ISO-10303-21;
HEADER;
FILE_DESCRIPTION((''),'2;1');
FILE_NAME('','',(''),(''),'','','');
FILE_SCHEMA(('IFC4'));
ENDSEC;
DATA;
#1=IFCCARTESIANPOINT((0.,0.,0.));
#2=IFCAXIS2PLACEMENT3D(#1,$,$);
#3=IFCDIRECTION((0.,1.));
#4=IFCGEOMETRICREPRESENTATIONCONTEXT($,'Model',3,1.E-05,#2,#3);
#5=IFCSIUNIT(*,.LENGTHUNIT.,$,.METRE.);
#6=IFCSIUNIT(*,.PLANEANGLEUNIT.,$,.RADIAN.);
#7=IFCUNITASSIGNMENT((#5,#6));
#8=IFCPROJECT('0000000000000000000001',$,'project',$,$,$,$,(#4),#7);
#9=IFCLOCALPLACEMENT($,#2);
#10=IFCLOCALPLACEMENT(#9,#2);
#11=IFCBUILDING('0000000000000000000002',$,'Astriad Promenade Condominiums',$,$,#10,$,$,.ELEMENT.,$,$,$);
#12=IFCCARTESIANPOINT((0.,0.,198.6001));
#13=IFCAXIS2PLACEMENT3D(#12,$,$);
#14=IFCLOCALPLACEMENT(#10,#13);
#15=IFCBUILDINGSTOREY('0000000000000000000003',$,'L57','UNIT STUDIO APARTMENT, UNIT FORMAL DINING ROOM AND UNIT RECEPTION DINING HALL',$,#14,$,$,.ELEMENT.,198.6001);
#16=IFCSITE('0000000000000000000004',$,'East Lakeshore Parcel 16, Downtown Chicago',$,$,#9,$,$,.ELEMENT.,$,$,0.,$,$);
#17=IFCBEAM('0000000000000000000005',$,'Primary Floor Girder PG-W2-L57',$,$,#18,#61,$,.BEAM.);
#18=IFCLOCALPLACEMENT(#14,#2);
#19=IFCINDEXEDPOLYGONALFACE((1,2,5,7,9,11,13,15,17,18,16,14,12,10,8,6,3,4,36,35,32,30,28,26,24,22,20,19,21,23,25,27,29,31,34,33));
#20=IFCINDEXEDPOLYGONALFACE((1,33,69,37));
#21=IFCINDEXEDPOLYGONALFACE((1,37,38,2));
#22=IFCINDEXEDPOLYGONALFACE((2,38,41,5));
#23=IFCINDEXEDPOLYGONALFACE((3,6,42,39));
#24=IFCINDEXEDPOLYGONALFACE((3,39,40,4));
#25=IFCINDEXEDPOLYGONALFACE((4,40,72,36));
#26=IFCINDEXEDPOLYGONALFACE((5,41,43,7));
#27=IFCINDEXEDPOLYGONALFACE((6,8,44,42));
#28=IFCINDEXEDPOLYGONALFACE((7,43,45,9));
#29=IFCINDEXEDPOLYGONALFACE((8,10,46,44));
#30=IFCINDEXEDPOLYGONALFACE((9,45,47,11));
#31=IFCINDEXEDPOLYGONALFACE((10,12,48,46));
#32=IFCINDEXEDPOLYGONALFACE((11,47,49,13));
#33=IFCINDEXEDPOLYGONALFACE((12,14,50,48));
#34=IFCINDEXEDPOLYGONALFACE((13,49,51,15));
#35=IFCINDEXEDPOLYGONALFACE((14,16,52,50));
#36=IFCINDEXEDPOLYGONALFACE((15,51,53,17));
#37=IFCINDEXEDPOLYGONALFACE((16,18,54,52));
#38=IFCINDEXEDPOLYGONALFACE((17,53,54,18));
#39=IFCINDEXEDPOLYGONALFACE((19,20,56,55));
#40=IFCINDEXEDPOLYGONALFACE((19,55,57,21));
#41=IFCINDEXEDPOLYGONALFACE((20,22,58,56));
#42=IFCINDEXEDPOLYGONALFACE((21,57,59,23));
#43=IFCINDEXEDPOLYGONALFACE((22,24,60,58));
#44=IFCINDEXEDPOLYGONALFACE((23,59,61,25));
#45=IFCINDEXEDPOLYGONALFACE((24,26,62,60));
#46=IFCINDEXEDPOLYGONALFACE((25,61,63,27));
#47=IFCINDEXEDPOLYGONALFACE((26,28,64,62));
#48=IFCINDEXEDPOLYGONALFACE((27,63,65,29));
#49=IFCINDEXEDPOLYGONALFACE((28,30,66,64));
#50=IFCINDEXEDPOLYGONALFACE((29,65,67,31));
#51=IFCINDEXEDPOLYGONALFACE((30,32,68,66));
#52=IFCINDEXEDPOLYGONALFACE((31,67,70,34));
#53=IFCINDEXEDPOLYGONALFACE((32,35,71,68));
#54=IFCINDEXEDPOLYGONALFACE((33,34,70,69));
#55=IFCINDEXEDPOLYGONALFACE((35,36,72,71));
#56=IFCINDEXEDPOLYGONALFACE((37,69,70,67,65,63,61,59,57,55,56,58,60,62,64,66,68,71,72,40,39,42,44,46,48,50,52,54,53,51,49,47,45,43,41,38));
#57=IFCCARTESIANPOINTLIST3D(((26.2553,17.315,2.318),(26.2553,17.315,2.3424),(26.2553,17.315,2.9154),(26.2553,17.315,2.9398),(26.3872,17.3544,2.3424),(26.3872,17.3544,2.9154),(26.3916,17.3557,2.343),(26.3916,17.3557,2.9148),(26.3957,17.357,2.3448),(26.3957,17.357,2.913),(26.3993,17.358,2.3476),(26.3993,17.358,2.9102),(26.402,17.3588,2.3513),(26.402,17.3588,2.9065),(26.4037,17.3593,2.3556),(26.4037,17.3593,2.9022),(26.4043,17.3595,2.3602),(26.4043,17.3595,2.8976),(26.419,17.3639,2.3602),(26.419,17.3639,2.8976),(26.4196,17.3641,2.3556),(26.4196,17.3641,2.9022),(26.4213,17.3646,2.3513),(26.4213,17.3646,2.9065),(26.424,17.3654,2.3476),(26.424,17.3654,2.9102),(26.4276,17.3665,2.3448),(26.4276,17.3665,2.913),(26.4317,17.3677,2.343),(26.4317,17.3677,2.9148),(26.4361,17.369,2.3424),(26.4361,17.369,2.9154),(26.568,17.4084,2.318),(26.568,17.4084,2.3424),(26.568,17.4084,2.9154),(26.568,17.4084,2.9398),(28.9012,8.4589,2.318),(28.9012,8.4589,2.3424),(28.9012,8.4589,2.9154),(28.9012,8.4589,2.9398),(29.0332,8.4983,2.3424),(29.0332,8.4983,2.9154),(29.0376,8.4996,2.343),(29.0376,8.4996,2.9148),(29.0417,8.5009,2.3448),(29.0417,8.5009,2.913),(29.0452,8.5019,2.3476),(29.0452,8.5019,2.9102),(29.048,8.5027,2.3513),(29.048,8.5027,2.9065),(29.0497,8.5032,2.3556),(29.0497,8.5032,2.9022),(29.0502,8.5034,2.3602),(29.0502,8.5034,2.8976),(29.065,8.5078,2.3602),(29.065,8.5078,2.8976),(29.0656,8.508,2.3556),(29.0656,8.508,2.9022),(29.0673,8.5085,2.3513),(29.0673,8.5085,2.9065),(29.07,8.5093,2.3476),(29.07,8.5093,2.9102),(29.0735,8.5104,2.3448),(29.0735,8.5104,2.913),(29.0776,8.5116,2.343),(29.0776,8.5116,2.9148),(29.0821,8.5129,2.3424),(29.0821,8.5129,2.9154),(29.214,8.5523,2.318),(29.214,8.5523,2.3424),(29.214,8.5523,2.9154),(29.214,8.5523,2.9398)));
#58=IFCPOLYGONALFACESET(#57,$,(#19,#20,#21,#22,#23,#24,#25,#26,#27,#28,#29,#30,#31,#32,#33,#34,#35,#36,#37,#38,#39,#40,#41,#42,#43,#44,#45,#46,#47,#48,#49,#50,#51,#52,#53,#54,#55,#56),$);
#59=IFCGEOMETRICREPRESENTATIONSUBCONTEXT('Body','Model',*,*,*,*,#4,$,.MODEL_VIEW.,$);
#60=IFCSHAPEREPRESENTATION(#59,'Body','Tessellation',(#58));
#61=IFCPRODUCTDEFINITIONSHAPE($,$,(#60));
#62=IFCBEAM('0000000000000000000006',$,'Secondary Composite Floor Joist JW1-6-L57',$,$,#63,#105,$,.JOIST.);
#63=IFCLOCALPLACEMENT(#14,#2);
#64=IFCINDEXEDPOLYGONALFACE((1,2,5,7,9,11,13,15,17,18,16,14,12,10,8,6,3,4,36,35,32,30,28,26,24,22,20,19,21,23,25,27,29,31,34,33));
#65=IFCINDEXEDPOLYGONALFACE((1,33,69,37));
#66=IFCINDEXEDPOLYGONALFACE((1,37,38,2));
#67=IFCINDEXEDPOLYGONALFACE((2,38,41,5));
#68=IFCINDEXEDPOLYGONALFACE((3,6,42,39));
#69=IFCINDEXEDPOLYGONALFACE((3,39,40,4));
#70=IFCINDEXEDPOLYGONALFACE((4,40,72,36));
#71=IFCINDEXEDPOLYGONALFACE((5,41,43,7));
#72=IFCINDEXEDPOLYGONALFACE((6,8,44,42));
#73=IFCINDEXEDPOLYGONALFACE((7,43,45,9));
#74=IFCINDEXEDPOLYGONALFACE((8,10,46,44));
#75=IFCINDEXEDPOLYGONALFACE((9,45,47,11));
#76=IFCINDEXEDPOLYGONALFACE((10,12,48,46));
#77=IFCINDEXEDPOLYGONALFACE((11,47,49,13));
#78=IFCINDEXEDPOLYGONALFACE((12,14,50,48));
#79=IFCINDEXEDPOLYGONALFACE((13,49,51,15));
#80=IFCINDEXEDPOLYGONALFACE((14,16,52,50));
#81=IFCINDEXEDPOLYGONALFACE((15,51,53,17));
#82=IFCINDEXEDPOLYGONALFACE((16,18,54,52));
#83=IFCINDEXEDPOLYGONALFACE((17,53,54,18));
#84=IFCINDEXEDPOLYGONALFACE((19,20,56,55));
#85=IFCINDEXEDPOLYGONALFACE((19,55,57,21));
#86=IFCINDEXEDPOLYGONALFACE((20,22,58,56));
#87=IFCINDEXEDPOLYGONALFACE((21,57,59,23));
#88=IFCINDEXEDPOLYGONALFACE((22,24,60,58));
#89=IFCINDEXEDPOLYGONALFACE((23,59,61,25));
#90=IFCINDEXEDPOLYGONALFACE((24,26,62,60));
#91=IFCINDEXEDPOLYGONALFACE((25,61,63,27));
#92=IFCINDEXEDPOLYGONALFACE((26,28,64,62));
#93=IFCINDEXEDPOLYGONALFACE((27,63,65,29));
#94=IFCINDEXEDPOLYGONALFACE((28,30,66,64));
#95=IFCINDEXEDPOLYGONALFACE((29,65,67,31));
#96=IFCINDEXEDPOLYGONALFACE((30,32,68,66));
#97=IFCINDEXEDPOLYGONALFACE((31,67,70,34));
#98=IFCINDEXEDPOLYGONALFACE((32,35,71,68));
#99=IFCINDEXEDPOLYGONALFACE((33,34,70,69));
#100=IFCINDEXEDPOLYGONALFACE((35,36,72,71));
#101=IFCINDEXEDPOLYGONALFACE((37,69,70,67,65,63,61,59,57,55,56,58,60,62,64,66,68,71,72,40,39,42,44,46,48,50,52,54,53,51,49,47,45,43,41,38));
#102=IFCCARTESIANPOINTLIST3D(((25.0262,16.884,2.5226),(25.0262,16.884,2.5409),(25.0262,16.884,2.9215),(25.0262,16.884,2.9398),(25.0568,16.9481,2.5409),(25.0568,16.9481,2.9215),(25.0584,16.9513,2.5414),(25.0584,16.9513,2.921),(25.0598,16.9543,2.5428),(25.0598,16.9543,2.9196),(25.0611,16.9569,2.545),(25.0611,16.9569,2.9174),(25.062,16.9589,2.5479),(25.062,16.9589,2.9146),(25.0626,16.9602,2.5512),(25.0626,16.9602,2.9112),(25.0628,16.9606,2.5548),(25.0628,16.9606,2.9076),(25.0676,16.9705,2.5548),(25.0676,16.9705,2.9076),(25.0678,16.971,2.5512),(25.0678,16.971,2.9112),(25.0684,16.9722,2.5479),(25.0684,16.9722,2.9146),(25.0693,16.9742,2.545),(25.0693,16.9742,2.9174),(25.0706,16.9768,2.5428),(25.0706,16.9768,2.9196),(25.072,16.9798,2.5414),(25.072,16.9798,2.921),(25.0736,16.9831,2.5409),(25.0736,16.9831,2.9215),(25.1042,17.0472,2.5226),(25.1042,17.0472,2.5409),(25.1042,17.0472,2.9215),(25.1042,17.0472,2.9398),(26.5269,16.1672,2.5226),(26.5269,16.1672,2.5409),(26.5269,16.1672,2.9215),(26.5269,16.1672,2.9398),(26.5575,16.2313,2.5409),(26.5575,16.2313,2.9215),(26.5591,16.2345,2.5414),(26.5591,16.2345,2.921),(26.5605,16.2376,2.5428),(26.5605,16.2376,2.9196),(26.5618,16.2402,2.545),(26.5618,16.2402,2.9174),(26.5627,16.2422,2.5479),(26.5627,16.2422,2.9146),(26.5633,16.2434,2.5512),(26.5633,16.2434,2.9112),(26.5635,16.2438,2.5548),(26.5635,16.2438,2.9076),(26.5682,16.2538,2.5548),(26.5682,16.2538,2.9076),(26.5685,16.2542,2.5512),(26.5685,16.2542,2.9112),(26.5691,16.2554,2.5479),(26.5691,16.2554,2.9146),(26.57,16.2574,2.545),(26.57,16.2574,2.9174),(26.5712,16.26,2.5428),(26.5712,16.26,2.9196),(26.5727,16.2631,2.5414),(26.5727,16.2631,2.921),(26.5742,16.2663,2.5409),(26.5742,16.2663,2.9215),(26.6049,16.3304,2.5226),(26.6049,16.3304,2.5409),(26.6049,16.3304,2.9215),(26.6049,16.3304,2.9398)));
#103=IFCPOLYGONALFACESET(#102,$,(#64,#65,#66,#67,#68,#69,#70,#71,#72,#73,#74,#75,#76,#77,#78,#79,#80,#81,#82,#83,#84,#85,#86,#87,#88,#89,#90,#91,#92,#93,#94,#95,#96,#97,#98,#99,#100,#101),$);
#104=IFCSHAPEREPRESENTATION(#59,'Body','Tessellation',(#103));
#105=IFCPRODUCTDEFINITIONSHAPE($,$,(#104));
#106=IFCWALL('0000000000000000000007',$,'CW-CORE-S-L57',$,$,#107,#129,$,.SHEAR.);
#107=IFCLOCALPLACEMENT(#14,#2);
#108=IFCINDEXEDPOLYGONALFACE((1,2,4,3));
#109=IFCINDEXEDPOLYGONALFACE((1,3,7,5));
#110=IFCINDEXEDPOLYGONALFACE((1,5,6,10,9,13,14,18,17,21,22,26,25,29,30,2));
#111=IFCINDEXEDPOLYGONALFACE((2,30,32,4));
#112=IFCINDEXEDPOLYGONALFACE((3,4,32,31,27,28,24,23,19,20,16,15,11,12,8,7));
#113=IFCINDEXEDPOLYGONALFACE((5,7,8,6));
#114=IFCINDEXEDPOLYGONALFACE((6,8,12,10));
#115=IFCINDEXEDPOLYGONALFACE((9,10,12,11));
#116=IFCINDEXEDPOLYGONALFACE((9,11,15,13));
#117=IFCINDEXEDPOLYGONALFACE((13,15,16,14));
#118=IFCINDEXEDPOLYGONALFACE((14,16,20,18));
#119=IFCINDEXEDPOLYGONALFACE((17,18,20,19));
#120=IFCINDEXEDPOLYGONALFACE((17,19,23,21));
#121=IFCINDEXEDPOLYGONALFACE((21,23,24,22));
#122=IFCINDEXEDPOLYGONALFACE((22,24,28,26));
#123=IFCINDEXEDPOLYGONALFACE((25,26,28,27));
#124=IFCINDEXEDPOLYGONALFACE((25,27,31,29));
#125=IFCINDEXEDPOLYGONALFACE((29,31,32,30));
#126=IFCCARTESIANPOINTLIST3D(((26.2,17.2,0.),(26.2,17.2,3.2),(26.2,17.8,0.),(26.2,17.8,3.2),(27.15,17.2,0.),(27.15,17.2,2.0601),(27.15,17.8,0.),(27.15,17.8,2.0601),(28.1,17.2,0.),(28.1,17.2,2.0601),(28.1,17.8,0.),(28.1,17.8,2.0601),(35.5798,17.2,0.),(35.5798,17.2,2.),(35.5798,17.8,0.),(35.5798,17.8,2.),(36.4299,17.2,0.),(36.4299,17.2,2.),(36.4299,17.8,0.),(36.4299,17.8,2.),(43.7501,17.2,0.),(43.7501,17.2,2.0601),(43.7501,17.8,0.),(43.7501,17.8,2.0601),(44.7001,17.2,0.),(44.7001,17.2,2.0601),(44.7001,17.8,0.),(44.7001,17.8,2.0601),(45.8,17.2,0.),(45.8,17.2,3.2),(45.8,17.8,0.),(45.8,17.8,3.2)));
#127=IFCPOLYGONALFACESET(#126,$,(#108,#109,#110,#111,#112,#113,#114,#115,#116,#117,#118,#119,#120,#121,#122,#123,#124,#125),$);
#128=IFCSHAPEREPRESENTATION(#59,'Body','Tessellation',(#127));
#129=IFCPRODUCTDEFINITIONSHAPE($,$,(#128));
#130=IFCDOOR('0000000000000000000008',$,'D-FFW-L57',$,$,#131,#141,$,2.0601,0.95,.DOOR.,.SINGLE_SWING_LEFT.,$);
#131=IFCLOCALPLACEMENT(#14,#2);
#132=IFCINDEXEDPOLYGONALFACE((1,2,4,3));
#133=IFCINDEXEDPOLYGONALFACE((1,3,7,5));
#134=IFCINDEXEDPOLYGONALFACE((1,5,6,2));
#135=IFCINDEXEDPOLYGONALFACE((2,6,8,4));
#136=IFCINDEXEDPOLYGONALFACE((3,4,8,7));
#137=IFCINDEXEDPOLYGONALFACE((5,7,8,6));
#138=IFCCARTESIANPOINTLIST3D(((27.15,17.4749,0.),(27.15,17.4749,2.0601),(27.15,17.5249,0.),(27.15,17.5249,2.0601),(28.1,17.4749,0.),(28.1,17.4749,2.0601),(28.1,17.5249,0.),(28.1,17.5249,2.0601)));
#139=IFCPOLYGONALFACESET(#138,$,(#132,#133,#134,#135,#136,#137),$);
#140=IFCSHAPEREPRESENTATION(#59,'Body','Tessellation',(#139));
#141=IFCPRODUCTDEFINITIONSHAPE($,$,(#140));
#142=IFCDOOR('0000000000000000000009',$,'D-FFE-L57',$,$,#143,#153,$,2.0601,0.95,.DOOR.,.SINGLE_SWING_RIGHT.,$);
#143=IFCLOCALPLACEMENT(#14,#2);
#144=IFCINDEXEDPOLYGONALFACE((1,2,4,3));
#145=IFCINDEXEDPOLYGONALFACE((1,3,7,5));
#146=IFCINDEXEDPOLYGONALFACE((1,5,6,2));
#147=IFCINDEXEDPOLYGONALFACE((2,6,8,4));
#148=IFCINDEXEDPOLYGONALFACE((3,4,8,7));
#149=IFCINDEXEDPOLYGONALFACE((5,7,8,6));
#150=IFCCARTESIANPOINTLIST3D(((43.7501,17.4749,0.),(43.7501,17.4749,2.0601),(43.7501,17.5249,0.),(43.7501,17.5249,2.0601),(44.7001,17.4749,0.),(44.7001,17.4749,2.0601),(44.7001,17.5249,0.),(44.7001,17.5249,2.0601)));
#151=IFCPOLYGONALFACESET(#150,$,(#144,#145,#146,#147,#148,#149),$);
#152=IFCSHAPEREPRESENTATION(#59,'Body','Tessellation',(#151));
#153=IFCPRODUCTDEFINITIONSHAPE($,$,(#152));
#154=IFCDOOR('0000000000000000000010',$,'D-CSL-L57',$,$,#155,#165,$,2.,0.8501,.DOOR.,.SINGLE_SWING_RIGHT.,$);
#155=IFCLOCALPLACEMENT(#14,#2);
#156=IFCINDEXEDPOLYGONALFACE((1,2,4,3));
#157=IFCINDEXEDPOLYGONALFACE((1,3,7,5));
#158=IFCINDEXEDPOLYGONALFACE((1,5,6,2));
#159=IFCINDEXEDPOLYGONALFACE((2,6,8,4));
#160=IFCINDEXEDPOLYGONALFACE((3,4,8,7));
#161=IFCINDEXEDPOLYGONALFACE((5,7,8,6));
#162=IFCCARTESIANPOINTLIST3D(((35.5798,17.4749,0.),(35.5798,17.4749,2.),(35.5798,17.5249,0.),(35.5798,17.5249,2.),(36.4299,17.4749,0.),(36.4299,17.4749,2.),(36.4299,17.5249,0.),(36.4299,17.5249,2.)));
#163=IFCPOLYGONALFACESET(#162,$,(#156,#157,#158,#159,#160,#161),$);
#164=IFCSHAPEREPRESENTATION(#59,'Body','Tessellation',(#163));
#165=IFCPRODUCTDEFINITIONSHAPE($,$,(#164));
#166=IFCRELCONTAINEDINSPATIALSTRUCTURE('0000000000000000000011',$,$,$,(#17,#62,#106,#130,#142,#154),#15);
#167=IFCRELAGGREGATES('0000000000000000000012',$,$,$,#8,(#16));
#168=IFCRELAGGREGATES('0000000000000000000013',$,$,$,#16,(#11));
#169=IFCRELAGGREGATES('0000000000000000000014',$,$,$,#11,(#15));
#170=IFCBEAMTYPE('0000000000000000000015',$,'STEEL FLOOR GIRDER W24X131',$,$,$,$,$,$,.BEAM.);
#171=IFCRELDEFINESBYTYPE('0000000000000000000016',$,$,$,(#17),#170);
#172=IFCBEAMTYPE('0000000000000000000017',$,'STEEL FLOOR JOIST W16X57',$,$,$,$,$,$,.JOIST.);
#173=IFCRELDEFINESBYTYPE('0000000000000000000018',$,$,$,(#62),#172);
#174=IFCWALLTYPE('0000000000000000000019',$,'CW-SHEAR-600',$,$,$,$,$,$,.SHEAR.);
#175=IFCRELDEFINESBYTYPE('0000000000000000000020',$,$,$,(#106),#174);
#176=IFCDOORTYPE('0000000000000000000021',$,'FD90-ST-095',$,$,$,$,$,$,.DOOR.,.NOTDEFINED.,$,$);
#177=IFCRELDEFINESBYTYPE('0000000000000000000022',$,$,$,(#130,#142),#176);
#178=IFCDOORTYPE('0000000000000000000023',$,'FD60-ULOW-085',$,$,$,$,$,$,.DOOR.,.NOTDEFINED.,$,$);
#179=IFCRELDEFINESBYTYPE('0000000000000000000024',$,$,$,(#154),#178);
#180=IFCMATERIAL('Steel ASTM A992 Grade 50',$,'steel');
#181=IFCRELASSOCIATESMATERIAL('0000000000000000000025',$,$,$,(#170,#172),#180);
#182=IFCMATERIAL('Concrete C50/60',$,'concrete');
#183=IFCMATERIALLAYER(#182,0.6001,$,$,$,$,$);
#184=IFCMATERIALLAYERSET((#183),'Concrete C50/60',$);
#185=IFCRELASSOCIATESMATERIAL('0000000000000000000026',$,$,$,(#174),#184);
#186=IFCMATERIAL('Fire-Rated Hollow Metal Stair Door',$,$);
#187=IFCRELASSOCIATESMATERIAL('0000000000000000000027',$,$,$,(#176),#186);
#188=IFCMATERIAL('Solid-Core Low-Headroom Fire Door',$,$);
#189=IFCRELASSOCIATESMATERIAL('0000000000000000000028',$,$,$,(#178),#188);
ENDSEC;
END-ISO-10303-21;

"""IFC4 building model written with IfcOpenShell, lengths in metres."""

from ifc_helpers import new_model, si_unit, direction, frame, frame_2d, origin, origin_2d, place, context, subcontext, project, spatial, rectangle, i_section, extrude, source, transform, mapped, material, layer, layer_set, material_profile, profile_set, type_object, type_shapes, element, fill, save


model = new_model("IFC4")

# Units and contexts
model_context = context("Model", 3, precision=1e-05, world=origin(), true_north=direction((0.0, 1.0)))
body_context = subcontext(model_context, "Body", "Model", "MODEL_VIEW")
ifc_project = project(units=[si_unit("LENGTHUNIT", "METRE"), si_unit("PLANEANGLEUNIT", "RADIAN")], contexts=[model_context])

# Site, building, storey
site_placement = place(None, origin())
site = spatial("IfcSite", under=ifc_project, at=site_placement, Name="East Lakeshore Parcel 16, Downtown Chicago", CompositionType="ELEMENT", RefElevation=0.0)
building_placement = place(site_placement, origin())
building = spatial("IfcBuilding", under=site, at=building_placement, Name="Astriad Promenade Condominiums", CompositionType="ELEMENT")
storey_placement = place(building_placement, frame((0.0, 0.0, 198.6001)))
storey = spatial("IfcBuildingStorey", under=building, at=storey_placement, Name="L57", Description="UNIT STUDIO APARTMENT, UNIT FORMAL DINING ROOM AND UNIT RECEPTION DINING HALL", CompositionType="ELEMENT", Elevation=198.6001)

# Shared definitions
ifc_material_1 = material(Name="Steel ASTM A992 Grade 50", Category="steel")
ifc_material_2 = material(Name="Concrete C50/60", Category="concrete")

# Beams
ifc_material_profile_1 = material_profile(ifc_material_1, i_section(OverallWidth=0.3264, OverallDepth=0.6218, WebThickness=0.0154, FlangeThickness=0.0244, FilletRadius=0.0178, at=origin_2d()), Name="W24X131")
ifc_profile_set_1 = profile_set([ifc_material_profile_1], Name="Steel ASTM A992 Grade 50")
beam_type_1 = type_object("IfcBeamType", Name="STEEL FLOOR GIRDER W24X131", PredefinedType="BEAM", material=ifc_profile_set_1)
shared_shape_1 = source(origin(), body_context, "Body", "SweptSolid", [
    extrude(i_section(OverallWidth=0.3264, OverallDepth=0.6218, WebThickness=0.0154, FlangeThickness=0.0244, FilletRadius=0.0178, at=origin_2d()), origin(), (0.0, 0.0, 1.0), 9.2429),
])
type_shapes(beam_type_1, [shared_shape_1])
beam_1_placement = place(storey_placement, frame((29.0576, 8.5056, 2.6289), z_axis=(-0.286269, 0.958149, 0.0), x_axis=(-0.958149, -0.286269, 0.0)))
element("IfcBeam", 1, at=beam_1_placement, inside=storey, type_object=beam_type_1, Name="Primary Floor Girder PG-W2-L57", PredefinedType="BEAM", context=body_context, shape_type="MappedRepresentation", body=[
    mapped(shared_shape_1, transform((0.0, 0.0, 0.0), scale=1.0)),
])
ifc_material_profile_2 = material_profile(ifc_material_1, i_section(OverallWidth=0.1809, OverallDepth=0.4172, WebThickness=0.011, FlangeThickness=0.0183, FilletRadius=0.0139, at=origin_2d()), Name="W16X57")
ifc_profile_set_2 = profile_set([ifc_material_profile_2], Name="Steel ASTM A992 Grade 50")
beam_type_2 = type_object("IfcBeamType", Name="STEEL FLOOR JOIST W16X57", PredefinedType="JOIST", material=ifc_profile_set_2)
shared_shape_2 = source(origin(), body_context, "Body", "SweptSolid", [
    extrude(i_section(OverallWidth=0.1809, OverallDepth=0.4172, WebThickness=0.011, FlangeThickness=0.0183, FilletRadius=0.0139, at=origin_2d()), origin(), (0.0, 0.0, 1.0), 1.6631),
])
type_shapes(beam_type_2, [shared_shape_2])
beam_2_placement = place(storey_placement, frame((25.0652, 16.9656, 2.7312), z_axis=(0.902355, -0.430993, 0.0), x_axis=(0.430993, 0.902355, 0.0)))
element("IfcBeam", 2, at=beam_2_placement, inside=storey, type_object=beam_type_2, Name="Secondary Composite Floor Joist JW1-6-L57", PredefinedType="JOIST", context=body_context, shape_type="MappedRepresentation", body=[
    mapped(shared_shape_2, transform((0.0, 0.0, 0.0), scale=1.0)),
])

# Wall, openings, doors
ifc_layer_1 = layer(ifc_material_2, 0.6001)
ifc_layer_set_1 = layer_set([ifc_layer_1], Name="Concrete C50/60")
wall_type_1 = type_object("IfcWallType", Name="CW-SHEAR-600", PredefinedType="SHEAR", material=ifc_layer_set_1)
wall_1_placement = place(storey_placement, frame((26.2, 17.5, 0.0), z_axis=(0.0, 0.0, 1.0), x_axis=(1.0, 0.0, 0.0)))
wall_1 = element("IfcWall", 3, at=wall_1_placement, inside=storey, type_object=wall_type_1, Name="CW-CORE-S-L57", PredefinedType="SHEAR", context=body_context, shape_type="SweptSolid", body=[
    extrude(rectangle(XDim=19.6001, YDim=0.6001, at=frame_2d((9.8, 0.0))), origin(), (0.0, 0.0, 1.0), 3.2),
])
opening_1_placement = place(wall_1_placement, frame((0.95, 0.0, 0.0)))
opening_1 = element("IfcOpeningElement", 4, at=opening_1_placement, cuts=wall_1, PredefinedType="OPENING", context=body_context, shape_type="SweptSolid", body=[
    extrude(rectangle(XDim=0.95, YDim=2.0601, at=frame_2d((0.4751, 1.03))), frame((0.0, 0.3101, 0.0), z_axis=(0.0, -1.0, 0.0), x_axis=(1.0, 0.0, 0.0)), (0.0, 0.0, 1.0), 0.6201),
])
opening_2_placement = place(wall_1_placement, frame((9.3799, 0.0, 0.0)))
opening_2 = element("IfcOpeningElement", 5, at=opening_2_placement, cuts=wall_1, PredefinedType="OPENING", context=body_context, shape_type="SweptSolid", body=[
    extrude(rectangle(XDim=0.8501, YDim=2.0, at=frame_2d((0.425, 1.0))), frame((0.0, 0.3101, 0.0), z_axis=(0.0, -1.0, 0.0), x_axis=(1.0, 0.0, 0.0)), (0.0, 0.0, 1.0), 0.6201),
])
opening_3_placement = place(wall_1_placement, frame((17.55, 0.0, 0.0)))
opening_3 = element("IfcOpeningElement", 6, at=opening_3_placement, cuts=wall_1, PredefinedType="OPENING", context=body_context, shape_type="SweptSolid", body=[
    extrude(rectangle(XDim=0.95, YDim=2.0601, at=frame_2d((0.4751, 1.03))), frame((0.0, 0.3101, 0.0), z_axis=(0.0, -1.0, 0.0), x_axis=(1.0, 0.0, 0.0)), (0.0, 0.0, 1.0), 0.6201),
])
ifc_material_3 = material(Name="Fire-Rated Hollow Metal Stair Door")
door_type_1 = type_object("IfcDoorType", Name="FD90-ST-095", OperationType="NOTDEFINED", PredefinedType="DOOR", material=ifc_material_3)
shared_shape_3 = source(origin(), body_context, "Body", "SweptSolid", [
    extrude(rectangle(XDim=0.95, YDim=2.0601, at=frame_2d((0.4751, 1.03))), frame((0.0, 0.0249, 0.0), z_axis=(0.0, -1.0, 0.0), x_axis=(1.0, 0.0, 0.0)), (0.0, 0.0, 1.0), 0.05),
])
type_shapes(door_type_1, [shared_shape_3])
door_1_placement = place(opening_1_placement, origin())
door_1 = element("IfcDoor", 7, at=door_1_placement, inside=storey, type_object=door_type_1, Name="D-FFW-L57", OperationType="SINGLE_SWING_LEFT", OverallHeight=2.0601, OverallWidth=0.95, PredefinedType="DOOR", context=body_context, shape_type="MappedRepresentation", body=[
    mapped(shared_shape_3, transform((0.0, 0.0, 0.0), scale=1.0)),
])
fill(opening_1, door_1)
door_2_placement = place(opening_3_placement, origin())
door_2 = element("IfcDoor", 8, at=door_2_placement, inside=storey, type_object=door_type_1, Name="D-FFE-L57", OperationType="SINGLE_SWING_RIGHT", OverallHeight=2.0601, OverallWidth=0.95, PredefinedType="DOOR", context=body_context, shape_type="MappedRepresentation", body=[
    mapped(shared_shape_3, transform((0.0, 0.0, 0.0), scale=1.0)),
])
fill(opening_3, door_2)
ifc_material_4 = material(Name="Solid-Core Low-Headroom Fire Door")
door_type_2 = type_object("IfcDoorType", Name="FD60-ULOW-085", OperationType="NOTDEFINED", PredefinedType="DOOR", material=ifc_material_4)
shared_shape_4 = source(origin(), body_context, "Body", "SweptSolid", [
    extrude(rectangle(XDim=0.8501, YDim=2.0, at=frame_2d((0.425, 1.0))), frame((0.0, 0.0249, 0.0), z_axis=(0.0, -1.0, 0.0), x_axis=(1.0, 0.0, 0.0)), (0.0, 0.0, 1.0), 0.05),
])
type_shapes(door_type_2, [shared_shape_4])
door_3_placement = place(opening_2_placement, origin())
door_3 = element("IfcDoor", 9, at=door_3_placement, inside=storey, type_object=door_type_2, Name="D-CSL-L57", OperationType="SINGLE_SWING_RIGHT", OverallHeight=2.0, OverallWidth=0.8501, PredefinedType="DOOR", context=body_context, shape_type="MappedRepresentation", body=[
    mapped(shared_shape_4, transform((0.0, 0.0, 0.0), scale=1.0)),
])
fill(opening_2, door_3)

save(model, "model.ifc")
